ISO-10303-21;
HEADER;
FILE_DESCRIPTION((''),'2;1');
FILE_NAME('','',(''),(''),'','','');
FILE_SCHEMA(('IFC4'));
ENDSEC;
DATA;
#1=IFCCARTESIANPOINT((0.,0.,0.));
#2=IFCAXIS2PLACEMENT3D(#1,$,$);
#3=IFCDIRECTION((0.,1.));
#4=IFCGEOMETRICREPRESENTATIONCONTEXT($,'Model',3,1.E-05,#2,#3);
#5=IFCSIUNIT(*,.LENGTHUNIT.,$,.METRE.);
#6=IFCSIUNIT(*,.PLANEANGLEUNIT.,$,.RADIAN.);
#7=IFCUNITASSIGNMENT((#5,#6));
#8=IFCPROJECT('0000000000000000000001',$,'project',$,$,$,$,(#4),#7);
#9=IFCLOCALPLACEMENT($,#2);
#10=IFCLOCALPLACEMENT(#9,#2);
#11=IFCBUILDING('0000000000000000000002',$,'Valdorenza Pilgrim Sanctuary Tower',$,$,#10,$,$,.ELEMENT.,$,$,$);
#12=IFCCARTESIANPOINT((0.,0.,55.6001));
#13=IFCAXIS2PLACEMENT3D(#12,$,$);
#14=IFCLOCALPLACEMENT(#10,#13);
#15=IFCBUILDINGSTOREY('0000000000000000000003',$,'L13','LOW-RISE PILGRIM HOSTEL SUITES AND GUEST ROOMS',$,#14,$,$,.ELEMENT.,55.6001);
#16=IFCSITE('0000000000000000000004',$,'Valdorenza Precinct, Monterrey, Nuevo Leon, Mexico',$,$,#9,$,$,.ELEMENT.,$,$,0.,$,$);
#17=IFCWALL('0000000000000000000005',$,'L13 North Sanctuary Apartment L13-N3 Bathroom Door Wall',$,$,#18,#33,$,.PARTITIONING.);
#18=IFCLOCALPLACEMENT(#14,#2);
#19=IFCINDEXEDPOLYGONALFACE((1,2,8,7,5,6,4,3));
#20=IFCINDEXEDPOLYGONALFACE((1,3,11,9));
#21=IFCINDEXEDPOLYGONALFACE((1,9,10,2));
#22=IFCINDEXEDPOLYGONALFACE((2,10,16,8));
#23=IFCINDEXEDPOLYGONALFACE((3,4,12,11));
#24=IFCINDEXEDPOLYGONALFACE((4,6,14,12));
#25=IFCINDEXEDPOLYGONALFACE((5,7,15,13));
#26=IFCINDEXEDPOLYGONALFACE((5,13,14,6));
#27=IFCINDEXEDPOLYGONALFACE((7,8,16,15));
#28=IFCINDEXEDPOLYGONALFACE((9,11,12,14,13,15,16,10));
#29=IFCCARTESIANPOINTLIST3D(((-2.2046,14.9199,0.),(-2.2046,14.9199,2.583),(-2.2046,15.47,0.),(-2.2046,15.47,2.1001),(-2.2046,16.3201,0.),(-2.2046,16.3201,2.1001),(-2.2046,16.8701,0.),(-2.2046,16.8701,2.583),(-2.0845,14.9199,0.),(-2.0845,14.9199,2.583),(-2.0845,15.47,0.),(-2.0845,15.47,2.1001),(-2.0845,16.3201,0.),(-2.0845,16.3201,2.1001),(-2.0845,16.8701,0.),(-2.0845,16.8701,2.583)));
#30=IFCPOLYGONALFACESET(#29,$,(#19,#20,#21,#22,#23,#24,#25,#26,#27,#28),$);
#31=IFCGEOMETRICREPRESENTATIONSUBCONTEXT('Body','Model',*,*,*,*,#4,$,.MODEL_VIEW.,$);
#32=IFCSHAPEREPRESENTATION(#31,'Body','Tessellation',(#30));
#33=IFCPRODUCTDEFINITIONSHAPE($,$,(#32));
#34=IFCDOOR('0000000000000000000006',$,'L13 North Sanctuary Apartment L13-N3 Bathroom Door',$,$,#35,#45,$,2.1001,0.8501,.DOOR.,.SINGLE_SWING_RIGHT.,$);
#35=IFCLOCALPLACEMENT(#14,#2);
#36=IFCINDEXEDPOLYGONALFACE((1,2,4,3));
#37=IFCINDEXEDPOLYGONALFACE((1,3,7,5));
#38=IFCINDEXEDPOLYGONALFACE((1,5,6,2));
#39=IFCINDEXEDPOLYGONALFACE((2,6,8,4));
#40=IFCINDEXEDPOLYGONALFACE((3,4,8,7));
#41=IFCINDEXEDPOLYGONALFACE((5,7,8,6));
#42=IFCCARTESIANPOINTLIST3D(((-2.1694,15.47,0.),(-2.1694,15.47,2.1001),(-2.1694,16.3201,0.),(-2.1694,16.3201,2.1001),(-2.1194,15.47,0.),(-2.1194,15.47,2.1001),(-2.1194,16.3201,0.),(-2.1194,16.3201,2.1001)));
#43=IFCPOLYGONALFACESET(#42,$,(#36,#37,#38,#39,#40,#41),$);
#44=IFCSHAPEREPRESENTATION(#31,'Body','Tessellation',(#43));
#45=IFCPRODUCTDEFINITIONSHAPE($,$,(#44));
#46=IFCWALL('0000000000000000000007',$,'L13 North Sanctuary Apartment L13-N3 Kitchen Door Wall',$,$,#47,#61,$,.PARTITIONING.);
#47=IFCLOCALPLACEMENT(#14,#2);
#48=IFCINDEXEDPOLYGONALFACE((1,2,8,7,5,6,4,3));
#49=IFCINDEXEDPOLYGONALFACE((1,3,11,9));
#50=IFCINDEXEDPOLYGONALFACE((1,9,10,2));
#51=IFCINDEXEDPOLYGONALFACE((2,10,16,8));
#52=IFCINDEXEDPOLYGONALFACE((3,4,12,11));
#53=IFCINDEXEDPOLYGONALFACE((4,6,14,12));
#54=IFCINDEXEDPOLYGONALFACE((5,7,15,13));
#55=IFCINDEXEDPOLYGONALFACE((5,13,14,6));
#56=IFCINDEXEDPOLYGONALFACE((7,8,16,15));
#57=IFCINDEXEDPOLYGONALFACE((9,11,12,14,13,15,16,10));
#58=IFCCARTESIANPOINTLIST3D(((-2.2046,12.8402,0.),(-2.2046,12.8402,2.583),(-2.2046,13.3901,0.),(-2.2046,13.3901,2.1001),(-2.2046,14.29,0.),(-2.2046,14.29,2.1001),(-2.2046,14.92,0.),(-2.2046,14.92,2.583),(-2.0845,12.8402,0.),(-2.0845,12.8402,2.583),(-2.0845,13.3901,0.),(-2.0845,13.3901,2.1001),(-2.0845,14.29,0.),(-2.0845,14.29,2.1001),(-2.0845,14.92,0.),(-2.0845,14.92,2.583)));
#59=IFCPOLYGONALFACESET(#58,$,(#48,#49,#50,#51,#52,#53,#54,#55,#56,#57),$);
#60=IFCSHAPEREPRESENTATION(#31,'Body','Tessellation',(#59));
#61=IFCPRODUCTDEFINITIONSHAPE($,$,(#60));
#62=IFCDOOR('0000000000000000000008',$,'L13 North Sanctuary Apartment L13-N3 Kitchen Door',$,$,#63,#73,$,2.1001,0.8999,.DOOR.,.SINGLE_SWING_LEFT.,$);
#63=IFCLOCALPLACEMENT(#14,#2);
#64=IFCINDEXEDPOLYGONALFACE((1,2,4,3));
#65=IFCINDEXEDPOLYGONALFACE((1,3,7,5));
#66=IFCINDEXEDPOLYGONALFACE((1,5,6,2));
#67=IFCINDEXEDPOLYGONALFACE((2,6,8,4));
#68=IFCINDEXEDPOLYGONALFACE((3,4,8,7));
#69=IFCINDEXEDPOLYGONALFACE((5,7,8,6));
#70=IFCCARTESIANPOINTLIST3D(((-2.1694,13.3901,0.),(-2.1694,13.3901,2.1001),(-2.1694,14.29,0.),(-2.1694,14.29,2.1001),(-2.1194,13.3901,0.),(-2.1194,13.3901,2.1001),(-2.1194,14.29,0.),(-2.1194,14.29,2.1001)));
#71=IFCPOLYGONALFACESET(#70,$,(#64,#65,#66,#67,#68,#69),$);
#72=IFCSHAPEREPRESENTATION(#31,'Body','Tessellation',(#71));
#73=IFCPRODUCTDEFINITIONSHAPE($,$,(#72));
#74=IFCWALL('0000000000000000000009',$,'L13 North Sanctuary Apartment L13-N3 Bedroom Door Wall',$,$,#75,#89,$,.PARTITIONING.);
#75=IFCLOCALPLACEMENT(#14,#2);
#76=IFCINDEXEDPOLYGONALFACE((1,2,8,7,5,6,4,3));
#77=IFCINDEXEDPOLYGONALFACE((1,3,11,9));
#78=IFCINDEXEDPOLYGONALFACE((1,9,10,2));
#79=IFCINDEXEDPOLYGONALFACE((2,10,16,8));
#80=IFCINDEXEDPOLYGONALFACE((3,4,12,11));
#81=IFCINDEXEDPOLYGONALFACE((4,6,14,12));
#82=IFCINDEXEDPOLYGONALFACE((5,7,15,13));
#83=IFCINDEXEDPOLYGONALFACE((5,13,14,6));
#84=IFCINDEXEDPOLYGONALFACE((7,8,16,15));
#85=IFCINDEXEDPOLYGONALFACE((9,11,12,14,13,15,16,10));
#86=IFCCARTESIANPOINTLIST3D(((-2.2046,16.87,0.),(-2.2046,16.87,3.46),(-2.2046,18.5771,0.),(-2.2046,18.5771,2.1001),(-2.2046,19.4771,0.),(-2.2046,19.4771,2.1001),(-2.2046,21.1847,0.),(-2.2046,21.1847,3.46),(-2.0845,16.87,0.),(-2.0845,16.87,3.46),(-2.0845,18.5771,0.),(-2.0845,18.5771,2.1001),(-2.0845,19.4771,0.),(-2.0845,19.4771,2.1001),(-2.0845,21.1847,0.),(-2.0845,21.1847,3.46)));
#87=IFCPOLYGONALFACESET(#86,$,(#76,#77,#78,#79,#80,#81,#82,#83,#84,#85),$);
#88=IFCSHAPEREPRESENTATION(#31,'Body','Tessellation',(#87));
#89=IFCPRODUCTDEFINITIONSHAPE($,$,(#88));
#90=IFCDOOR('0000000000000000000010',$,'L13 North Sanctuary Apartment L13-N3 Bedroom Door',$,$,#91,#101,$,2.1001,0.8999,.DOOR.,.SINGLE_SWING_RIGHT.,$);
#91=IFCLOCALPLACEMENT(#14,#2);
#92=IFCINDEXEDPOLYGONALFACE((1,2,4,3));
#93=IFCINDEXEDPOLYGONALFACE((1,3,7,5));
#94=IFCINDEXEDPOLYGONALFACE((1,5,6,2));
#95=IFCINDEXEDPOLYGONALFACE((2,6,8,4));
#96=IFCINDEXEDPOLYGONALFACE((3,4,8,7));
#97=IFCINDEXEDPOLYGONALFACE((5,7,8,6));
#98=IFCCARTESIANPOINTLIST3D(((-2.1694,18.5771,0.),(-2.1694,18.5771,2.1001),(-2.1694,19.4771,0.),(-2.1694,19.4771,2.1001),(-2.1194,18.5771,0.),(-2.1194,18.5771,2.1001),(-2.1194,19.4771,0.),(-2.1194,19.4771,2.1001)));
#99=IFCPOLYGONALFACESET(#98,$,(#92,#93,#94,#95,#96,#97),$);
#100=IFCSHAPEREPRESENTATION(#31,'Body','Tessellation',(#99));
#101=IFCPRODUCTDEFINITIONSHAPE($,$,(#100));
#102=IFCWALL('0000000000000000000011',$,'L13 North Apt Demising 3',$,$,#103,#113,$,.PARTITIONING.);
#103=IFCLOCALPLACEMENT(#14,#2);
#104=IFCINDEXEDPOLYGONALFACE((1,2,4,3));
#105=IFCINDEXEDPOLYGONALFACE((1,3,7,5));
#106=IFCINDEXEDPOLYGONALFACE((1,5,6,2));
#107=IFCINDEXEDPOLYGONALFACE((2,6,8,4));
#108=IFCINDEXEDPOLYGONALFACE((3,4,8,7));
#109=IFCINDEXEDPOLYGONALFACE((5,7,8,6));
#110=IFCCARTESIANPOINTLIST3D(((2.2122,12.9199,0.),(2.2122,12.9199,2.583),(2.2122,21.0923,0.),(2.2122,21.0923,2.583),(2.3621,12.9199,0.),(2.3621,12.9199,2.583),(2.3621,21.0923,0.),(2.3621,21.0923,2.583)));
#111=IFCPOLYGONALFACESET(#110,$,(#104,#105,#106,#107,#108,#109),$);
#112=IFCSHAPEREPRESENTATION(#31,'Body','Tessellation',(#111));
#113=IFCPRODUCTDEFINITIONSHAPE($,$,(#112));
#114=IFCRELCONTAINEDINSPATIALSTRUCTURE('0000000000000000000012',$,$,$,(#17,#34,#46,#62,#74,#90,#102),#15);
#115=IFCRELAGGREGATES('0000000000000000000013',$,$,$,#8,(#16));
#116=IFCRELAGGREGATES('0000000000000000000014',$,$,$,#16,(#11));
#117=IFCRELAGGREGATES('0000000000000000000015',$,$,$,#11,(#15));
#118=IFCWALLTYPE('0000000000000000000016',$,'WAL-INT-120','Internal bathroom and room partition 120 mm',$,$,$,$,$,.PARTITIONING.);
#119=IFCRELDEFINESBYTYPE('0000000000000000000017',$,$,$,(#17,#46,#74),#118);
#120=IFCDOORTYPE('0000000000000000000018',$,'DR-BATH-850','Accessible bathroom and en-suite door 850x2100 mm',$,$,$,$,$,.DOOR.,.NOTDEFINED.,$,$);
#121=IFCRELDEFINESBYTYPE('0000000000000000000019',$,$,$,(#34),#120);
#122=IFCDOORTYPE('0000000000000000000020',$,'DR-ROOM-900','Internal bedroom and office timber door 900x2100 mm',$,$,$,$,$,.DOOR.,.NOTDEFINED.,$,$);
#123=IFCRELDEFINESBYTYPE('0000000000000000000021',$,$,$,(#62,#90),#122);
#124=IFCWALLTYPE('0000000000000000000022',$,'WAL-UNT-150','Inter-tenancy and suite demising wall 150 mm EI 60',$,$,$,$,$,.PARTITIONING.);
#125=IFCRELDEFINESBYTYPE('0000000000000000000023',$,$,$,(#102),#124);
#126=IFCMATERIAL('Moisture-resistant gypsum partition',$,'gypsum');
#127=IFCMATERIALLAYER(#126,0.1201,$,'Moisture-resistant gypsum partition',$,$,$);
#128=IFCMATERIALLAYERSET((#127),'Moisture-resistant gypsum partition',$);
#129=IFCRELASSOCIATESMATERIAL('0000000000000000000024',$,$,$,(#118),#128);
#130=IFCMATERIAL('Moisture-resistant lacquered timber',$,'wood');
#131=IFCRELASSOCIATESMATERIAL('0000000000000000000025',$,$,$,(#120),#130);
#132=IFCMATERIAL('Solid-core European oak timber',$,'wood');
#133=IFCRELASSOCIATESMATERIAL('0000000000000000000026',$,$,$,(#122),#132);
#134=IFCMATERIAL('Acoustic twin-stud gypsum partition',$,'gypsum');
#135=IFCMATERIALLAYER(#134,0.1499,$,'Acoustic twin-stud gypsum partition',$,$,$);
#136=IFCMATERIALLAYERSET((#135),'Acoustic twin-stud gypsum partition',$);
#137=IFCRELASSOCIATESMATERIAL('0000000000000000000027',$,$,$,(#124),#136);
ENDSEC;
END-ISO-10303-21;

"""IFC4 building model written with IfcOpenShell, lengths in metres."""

from ifc_helpers import new_model, si_unit, direction, frame, frame_2d, origin, place, context, subcontext, project, spatial, rectangle, extrude, material, layer, layer_set, type_object, element, fill, save


model = new_model("IFC4")

# Units and contexts
model_context = context("Model", 3, precision=1e-05, world=origin(), true_north=direction((0.0, 1.0)))
body_context = subcontext(model_context, "Body", "Model", "MODEL_VIEW")
ifc_project = project(units=[si_unit("LENGTHUNIT", "METRE"), si_unit("PLANEANGLEUNIT", "RADIAN")], contexts=[model_context])

# Site, building, storey
site_placement = place(None, origin())
site = spatial("IfcSite", under=ifc_project, at=site_placement, Name="Valdorenza Precinct, Monterrey, Nuevo Leon, Mexico", CompositionType="ELEMENT", RefElevation=0.0)
building_placement = place(site_placement, origin())
building = spatial("IfcBuilding", under=site, at=building_placement, Name="Valdorenza Pilgrim Sanctuary Tower", CompositionType="ELEMENT")
storey_placement = place(building_placement, frame((0.0, 0.0, 55.6001)))
storey = spatial("IfcBuildingStorey", under=building, at=storey_placement, Name="L13", Description="LOW-RISE PILGRIM HOSTEL SUITES AND GUEST ROOMS", CompositionType="ELEMENT", Elevation=55.6001)

# Shared definitions
ifc_material_1 = material(Name="Moisture-resistant gypsum partition", Category="gypsum")
ifc_layer_1 = layer(ifc_material_1, 0.1201, Name="Moisture-resistant gypsum partition")
ifc_layer_set_1 = layer_set([ifc_layer_1], Name="Moisture-resistant gypsum partition")
wall_type_1 = type_object("IfcWallType", Name="WAL-INT-120", Description="Internal bathroom and room partition 120 mm", PredefinedType="PARTITIONING", material=ifc_layer_set_1)

# Walls, openings, doors
wall_1_placement = place(storey_placement, frame((-2.1445, 14.9199, 0.0), z_axis=(0.0, 0.0, 1.0), x_axis=(0.0, 1.0, 0.0)))
wall_1 = element("IfcWall", 1, at=wall_1_placement, inside=storey, type_object=wall_type_1, Name="L13 North Sanctuary Apartment L13-N3 Bathroom Door Wall", PredefinedType="PARTITIONING", context=body_context, shape_type="SweptSolid", body=[
    extrude(rectangle(XDim=1.9502, YDim=0.1201, at=frame_2d((0.9751, 0.0))), origin(), (0.0, 0.0, 1.0), 2.583),
])
opening_1_placement = place(wall_1_placement, frame((0.55, 0.0, 0.0)))
opening_1 = element("IfcOpeningElement", 2, at=opening_1_placement, cuts=wall_1, PredefinedType="OPENING", context=body_context, shape_type="SweptSolid", body=[
    extrude(rectangle(XDim=0.8501, YDim=2.1001, at=frame_2d((0.425, 1.05))), frame((0.0, 0.075, 0.0), z_axis=(0.0, -1.0, 0.0), x_axis=(1.0, 0.0, 0.0)), (0.0, 0.0, 1.0), 0.1499),
])
ifc_material_2 = material(Name="Moisture-resistant lacquered timber", Category="wood")
door_type_1 = type_object("IfcDoorType", Name="DR-BATH-850", Description="Accessible bathroom and en-suite door 850x2100 mm", OperationType="NOTDEFINED", PredefinedType="DOOR", material=ifc_material_2)
door_1_placement = place(opening_1_placement, origin())
door_1 = element("IfcDoor", 3, at=door_1_placement, inside=storey, type_object=door_type_1, Name="L13 North Sanctuary Apartment L13-N3 Bathroom Door", OperationType="SINGLE_SWING_RIGHT", OverallHeight=2.1001, OverallWidth=0.8501, PredefinedType="DOOR", context=body_context, shape_type="SweptSolid", body=[
    extrude(rectangle(XDim=0.8501, YDim=2.1001, at=frame_2d((0.425, 1.05))), frame((0.0, 0.0249, 0.0), z_axis=(0.0, -1.0, 0.0), x_axis=(1.0, 0.0, 0.0)), (0.0, 0.0, 1.0), 0.05),
])
fill(opening_1, door_1)
wall_2_placement = place(storey_placement, frame((-2.1445, 12.8401, 0.0), z_axis=(0.0, 0.0, 1.0), x_axis=(0.0, 1.0, 0.0)))
wall_2 = element("IfcWall", 4, at=wall_2_placement, inside=storey, type_object=wall_type_1, Name="L13 North Sanctuary Apartment L13-N3 Kitchen Door Wall", PredefinedType="PARTITIONING", context=body_context, shape_type="SweptSolid", body=[
    extrude(rectangle(XDim=2.0798, YDim=0.1201, at=frame_2d((1.04, 0.0))), origin(), (0.0, 0.0, 1.0), 2.583),
])
opening_2_placement = place(wall_2_placement, frame((0.55, 0.0, 0.0)))
opening_2 = element("IfcOpeningElement", 5, at=opening_2_placement, cuts=wall_2, PredefinedType="OPENING", context=body_context, shape_type="SweptSolid", body=[
    extrude(rectangle(XDim=0.8999, YDim=2.1001, at=frame_2d((0.45, 1.05))), frame((0.0, 0.075, 0.0), z_axis=(0.0, -1.0, 0.0), x_axis=(1.0, 0.0, 0.0)), (0.0, 0.0, 1.0), 0.1499),
])
ifc_material_3 = material(Name="Solid-core European oak timber", Category="wood")
door_type_2 = type_object("IfcDoorType", Name="DR-ROOM-900", Description="Internal bedroom and office timber door 900x2100 mm", OperationType="NOTDEFINED", PredefinedType="DOOR", material=ifc_material_3)
door_2_placement = place(opening_2_placement, origin())
door_2 = element("IfcDoor", 6, at=door_2_placement, inside=storey, type_object=door_type_2, Name="L13 North Sanctuary Apartment L13-N3 Kitchen Door", OperationType="SINGLE_SWING_LEFT", OverallHeight=2.1001, OverallWidth=0.8999, PredefinedType="DOOR", context=body_context, shape_type="SweptSolid", body=[
    extrude(rectangle(XDim=0.8999, YDim=2.1001, at=frame_2d((0.45, 1.05))), frame((0.0, 0.0249, 0.0), z_axis=(0.0, -1.0, 0.0), x_axis=(1.0, 0.0, 0.0)), (0.0, 0.0, 1.0), 0.05),
])
fill(opening_2, door_2)
wall_3_placement = place(storey_placement, frame((-2.1445, 16.8701, 0.0), z_axis=(0.0, 0.0, 1.0), x_axis=(0.0, 1.0, 0.0)))
wall_3 = element("IfcWall", 7, at=wall_3_placement, inside=storey, type_object=wall_type_1, Name="L13 North Sanctuary Apartment L13-N3 Bedroom Door Wall", PredefinedType="PARTITIONING", context=body_context, shape_type="SweptSolid", body=[
    extrude(rectangle(XDim=4.3147, YDim=0.1201, at=frame_2d((2.1572, 0.0))), origin(), (0.0, 0.0, 1.0), 3.46),
])
opening_3_placement = place(wall_3_placement, frame((1.707, 0.0, 0.0)))
opening_3 = element("IfcOpeningElement", 8, at=opening_3_placement, cuts=wall_3, PredefinedType="OPENING", context=body_context, shape_type="SweptSolid", body=[
    extrude(rectangle(XDim=0.8999, YDim=2.1001, at=frame_2d((0.45, 1.05))), frame((0.0, 0.075, 0.0), z_axis=(0.0, -1.0, 0.0), x_axis=(1.0, 0.0, 0.0)), (0.0, 0.0, 1.0), 0.1499),
])
door_3_placement = place(opening_3_placement, origin())
door_3 = element("IfcDoor", 9, at=door_3_placement, inside=storey, type_object=door_type_2, Name="L13 North Sanctuary Apartment L13-N3 Bedroom Door", OperationType="SINGLE_SWING_RIGHT", OverallHeight=2.1001, OverallWidth=0.8999, PredefinedType="DOOR", context=body_context, shape_type="SweptSolid", body=[
    extrude(rectangle(XDim=0.8999, YDim=2.1001, at=frame_2d((0.45, 1.05))), frame((0.0, 0.0249, 0.0), z_axis=(0.0, -1.0, 0.0), x_axis=(1.0, 0.0, 0.0)), (0.0, 0.0, 1.0), 0.05),
])
fill(opening_3, door_3)

# Wall
ifc_material_4 = material(Name="Acoustic twin-stud gypsum partition", Category="gypsum")
ifc_layer_2 = layer(ifc_material_4, 0.1499, Name="Acoustic twin-stud gypsum partition")
ifc_layer_set_2 = layer_set([ifc_layer_2], Name="Acoustic twin-stud gypsum partition")
wall_type_2 = type_object("IfcWallType", Name="WAL-UNT-150", Description="Inter-tenancy and suite demising wall 150 mm EI 60", PredefinedType="PARTITIONING", material=ifc_layer_set_2)
wall_4_placement = place(storey_placement, frame((2.2871, 12.9199, 0.0), z_axis=(0.0, 0.0, 1.0), x_axis=(0.0, 1.0, 0.0)))
element("IfcWall", 10, at=wall_4_placement, inside=storey, type_object=wall_type_2, Name="L13 North Apt Demising 3", PredefinedType="PARTITIONING", context=body_context, shape_type="SweptSolid", body=[
    extrude(rectangle(XDim=8.1724, YDim=0.1499, at=frame_2d((4.0862, 0.0))), origin(), (0.0, 0.0, 1.0), 2.583),
])

save(model, "model.ifc")
